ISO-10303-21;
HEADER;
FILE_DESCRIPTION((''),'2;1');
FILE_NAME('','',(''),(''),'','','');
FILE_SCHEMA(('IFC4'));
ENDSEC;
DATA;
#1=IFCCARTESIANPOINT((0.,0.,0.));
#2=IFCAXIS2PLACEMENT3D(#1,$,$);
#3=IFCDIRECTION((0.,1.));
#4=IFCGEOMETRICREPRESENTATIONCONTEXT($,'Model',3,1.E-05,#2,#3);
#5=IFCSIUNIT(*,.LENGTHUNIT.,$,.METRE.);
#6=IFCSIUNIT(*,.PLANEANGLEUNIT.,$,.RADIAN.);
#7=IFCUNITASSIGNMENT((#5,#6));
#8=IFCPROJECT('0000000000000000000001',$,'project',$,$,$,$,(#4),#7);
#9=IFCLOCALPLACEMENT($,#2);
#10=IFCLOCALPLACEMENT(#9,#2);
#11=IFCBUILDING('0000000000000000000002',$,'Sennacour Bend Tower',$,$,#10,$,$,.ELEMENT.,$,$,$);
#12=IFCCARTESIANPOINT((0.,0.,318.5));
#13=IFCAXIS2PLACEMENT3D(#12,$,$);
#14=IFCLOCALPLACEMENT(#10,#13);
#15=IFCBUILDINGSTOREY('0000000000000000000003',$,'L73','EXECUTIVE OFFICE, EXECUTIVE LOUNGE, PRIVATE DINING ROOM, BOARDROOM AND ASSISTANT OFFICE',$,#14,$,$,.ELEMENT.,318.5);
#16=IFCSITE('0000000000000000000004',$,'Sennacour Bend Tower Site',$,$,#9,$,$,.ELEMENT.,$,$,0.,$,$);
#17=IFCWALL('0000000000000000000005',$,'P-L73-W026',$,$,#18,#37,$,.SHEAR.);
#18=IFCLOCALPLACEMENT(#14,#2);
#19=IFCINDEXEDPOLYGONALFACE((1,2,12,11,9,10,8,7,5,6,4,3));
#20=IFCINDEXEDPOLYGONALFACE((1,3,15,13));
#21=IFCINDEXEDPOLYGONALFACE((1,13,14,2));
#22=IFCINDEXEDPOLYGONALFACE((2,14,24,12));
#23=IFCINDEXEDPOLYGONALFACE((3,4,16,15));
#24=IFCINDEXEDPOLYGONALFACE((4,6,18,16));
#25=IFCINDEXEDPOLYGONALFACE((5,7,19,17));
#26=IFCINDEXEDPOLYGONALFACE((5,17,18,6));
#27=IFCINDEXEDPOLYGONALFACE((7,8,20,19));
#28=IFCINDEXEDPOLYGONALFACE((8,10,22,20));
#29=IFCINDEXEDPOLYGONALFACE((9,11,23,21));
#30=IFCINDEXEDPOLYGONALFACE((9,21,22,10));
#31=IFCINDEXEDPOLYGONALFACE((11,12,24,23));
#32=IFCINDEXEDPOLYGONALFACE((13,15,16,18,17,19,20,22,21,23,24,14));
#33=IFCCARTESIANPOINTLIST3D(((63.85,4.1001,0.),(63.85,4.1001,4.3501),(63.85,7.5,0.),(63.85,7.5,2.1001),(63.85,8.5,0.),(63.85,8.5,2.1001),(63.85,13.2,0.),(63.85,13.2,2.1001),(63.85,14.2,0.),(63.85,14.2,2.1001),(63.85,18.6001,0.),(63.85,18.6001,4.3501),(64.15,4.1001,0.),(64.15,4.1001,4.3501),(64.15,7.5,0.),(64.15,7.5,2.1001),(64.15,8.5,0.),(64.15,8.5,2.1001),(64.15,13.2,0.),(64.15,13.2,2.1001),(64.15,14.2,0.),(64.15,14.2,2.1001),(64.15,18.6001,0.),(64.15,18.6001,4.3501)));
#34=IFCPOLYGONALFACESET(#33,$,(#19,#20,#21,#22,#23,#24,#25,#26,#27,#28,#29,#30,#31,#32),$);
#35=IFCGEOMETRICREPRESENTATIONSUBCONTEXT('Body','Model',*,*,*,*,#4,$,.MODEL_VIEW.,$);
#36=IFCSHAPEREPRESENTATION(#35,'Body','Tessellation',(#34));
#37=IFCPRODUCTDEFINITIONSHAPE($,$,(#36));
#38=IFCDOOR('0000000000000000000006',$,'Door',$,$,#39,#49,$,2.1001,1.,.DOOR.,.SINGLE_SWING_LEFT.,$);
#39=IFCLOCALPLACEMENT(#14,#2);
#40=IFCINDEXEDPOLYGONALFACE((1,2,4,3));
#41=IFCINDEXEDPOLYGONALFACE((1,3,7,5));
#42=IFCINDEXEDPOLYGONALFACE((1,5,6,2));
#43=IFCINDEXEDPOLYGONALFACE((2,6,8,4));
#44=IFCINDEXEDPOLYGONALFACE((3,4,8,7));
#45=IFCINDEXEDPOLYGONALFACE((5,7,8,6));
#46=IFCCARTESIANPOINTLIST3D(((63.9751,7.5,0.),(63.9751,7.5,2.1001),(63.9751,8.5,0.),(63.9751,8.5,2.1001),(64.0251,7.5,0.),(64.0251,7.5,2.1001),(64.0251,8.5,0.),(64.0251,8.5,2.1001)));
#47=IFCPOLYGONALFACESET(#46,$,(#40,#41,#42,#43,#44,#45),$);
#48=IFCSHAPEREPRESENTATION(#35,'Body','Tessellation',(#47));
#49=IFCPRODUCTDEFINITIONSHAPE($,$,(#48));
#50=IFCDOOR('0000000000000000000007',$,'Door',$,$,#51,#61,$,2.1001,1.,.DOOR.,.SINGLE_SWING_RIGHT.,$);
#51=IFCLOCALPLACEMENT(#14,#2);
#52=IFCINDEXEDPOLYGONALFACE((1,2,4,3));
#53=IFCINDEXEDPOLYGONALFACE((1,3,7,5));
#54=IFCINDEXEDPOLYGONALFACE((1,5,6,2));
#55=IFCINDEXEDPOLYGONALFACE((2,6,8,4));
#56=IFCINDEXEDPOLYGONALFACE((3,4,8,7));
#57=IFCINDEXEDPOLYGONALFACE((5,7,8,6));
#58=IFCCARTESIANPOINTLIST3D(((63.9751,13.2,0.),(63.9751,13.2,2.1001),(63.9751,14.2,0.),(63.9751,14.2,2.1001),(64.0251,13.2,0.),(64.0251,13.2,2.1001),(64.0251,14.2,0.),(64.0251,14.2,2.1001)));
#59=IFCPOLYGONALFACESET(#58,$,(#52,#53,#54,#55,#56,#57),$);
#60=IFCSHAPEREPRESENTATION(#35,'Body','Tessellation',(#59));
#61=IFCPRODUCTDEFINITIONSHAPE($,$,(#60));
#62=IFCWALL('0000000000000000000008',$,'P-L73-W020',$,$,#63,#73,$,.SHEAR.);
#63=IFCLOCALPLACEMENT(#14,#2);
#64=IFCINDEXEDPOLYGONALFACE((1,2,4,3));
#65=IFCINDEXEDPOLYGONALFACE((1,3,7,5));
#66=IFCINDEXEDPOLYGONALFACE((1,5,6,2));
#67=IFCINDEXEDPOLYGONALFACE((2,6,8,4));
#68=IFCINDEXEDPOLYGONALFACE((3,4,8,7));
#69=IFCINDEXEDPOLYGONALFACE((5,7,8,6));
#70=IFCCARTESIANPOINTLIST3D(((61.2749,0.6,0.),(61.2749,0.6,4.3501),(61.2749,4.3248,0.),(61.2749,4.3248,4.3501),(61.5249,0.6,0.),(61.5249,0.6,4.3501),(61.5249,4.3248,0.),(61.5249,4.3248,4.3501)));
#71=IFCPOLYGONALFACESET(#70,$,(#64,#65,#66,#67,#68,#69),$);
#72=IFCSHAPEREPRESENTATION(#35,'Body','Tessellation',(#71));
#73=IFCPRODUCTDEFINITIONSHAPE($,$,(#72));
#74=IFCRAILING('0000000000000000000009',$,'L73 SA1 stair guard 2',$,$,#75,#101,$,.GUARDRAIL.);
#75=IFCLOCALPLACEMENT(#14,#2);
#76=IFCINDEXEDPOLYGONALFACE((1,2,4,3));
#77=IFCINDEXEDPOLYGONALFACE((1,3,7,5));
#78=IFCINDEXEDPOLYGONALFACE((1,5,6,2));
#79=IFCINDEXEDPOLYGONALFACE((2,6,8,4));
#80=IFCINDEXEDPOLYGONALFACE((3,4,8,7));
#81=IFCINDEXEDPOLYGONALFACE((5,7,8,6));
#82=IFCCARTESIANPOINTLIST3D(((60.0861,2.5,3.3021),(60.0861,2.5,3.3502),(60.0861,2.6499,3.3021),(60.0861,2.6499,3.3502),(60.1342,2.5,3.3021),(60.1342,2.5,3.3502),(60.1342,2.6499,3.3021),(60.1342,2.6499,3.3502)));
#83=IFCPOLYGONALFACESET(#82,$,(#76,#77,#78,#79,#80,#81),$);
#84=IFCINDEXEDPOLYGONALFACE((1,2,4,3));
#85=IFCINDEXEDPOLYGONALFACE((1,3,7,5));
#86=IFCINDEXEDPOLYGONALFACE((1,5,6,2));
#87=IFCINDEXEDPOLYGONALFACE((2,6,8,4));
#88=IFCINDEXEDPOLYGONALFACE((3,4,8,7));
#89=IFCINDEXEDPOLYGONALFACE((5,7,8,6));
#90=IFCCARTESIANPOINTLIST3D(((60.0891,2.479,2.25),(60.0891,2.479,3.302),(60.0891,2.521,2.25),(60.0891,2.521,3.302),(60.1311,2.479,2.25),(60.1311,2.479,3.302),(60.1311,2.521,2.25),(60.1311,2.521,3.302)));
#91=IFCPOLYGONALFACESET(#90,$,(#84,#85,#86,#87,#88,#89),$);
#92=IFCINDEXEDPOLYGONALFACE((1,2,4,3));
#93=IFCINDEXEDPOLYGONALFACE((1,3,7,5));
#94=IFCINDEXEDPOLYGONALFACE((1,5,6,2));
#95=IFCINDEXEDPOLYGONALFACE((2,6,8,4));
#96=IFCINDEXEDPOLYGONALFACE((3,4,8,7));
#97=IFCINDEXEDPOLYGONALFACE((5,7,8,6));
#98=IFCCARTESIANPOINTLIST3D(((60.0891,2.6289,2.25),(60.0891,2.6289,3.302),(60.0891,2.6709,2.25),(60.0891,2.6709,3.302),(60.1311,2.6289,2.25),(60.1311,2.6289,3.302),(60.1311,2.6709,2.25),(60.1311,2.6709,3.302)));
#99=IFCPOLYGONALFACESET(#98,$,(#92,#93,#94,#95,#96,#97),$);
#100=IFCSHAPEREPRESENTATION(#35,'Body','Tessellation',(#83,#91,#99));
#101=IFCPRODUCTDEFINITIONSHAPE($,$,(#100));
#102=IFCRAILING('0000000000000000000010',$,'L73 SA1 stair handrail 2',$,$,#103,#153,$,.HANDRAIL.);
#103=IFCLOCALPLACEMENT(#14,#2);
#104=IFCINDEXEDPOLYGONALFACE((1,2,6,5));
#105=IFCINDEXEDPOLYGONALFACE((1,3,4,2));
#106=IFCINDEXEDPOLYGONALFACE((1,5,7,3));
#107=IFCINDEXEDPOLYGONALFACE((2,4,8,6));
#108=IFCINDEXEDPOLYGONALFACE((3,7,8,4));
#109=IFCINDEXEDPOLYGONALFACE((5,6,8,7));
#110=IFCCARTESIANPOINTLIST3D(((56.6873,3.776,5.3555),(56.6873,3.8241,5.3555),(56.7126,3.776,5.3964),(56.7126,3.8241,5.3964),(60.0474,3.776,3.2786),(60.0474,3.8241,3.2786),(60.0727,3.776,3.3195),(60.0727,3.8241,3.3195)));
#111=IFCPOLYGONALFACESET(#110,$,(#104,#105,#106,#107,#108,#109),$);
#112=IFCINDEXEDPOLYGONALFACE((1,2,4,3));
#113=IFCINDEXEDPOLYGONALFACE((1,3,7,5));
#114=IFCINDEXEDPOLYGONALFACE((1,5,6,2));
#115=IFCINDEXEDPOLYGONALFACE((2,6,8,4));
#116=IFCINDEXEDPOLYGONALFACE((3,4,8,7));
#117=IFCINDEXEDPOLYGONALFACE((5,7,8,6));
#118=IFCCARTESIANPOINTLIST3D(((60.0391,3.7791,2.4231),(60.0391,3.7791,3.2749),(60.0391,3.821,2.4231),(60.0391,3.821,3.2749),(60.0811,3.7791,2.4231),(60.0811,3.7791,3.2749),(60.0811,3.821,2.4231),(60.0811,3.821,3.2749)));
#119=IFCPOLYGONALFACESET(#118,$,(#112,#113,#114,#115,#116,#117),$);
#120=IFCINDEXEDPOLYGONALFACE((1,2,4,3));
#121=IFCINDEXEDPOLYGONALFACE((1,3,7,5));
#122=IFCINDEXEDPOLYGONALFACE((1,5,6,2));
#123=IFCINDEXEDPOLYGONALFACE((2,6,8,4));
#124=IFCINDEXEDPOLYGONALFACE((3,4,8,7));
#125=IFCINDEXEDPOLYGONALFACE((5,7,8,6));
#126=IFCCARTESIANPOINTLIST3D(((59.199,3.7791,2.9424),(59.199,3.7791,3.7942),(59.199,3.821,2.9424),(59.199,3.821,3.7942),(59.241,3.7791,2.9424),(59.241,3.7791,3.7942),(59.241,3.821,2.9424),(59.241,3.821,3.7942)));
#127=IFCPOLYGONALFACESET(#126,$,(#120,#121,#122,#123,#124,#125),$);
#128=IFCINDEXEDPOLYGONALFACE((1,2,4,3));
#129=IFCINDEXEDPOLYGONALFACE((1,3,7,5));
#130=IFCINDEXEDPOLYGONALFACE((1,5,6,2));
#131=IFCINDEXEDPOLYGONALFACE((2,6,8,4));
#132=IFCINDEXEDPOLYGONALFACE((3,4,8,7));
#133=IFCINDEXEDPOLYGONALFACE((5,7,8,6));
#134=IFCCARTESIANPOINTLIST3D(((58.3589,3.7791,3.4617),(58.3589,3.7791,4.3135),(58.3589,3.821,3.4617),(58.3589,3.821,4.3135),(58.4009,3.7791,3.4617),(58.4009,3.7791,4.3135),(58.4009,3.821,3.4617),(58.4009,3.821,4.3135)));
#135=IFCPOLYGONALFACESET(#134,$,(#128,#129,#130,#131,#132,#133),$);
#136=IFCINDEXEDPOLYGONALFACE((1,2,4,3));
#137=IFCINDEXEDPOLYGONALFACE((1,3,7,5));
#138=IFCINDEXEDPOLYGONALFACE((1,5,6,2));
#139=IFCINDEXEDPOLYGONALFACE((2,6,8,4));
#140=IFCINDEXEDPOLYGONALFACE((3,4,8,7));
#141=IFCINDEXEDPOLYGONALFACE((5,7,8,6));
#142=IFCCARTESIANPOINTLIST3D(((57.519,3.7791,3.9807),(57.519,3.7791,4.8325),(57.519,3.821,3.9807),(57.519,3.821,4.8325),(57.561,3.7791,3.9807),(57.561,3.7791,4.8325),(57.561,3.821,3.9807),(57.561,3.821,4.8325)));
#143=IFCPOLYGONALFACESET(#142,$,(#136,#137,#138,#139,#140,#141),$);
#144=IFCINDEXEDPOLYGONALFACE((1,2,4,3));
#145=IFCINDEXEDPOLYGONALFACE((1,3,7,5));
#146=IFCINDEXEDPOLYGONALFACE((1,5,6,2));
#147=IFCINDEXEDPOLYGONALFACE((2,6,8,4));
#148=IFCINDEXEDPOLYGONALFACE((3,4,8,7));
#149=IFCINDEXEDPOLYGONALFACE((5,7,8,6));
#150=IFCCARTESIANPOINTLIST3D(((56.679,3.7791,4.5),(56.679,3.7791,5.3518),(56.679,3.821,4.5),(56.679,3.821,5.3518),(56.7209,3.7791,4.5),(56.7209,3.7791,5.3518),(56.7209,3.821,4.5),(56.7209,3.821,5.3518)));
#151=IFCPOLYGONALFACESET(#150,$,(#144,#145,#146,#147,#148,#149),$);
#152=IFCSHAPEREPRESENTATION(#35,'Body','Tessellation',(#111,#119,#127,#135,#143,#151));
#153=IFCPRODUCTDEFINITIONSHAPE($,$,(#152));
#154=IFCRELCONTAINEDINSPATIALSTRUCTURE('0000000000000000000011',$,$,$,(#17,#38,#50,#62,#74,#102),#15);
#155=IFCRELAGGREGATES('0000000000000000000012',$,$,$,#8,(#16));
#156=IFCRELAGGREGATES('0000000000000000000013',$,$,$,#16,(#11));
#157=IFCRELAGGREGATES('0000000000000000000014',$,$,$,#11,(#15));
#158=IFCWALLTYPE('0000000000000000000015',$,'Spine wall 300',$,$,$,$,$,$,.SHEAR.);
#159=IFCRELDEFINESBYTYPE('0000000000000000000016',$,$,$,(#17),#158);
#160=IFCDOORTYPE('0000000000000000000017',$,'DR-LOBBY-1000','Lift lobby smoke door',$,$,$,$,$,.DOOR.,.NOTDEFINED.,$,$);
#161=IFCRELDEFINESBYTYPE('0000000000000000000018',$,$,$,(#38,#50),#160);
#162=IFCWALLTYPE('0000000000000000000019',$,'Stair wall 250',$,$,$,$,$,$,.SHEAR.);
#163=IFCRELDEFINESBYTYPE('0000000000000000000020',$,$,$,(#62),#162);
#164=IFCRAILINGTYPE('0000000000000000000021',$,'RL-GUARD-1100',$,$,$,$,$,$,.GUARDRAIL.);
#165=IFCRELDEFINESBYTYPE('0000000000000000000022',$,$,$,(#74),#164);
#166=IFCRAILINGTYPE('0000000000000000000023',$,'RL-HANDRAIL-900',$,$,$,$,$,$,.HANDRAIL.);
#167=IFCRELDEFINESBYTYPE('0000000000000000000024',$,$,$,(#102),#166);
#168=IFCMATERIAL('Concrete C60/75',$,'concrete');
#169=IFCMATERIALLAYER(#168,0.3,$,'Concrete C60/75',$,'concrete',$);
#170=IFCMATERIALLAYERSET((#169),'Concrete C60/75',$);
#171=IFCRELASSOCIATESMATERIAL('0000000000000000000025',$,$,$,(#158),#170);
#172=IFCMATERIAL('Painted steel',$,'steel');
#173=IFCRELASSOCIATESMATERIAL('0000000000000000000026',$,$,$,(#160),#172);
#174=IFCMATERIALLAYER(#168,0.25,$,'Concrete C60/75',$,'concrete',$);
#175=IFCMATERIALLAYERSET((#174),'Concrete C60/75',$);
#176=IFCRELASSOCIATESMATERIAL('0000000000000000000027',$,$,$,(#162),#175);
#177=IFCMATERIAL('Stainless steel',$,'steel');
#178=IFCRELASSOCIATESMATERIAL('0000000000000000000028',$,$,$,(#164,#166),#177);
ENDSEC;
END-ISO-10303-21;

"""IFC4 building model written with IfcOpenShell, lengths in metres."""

from ifc_helpers import new_model, si_unit, direction, frame, frame_2d, origin, origin_2d, place, context, subcontext, project, spatial, rectangle, extrude, material, layer, layer_set, type_object, element, fill, save


model = new_model("IFC4")

# Units and contexts
model_context = context("Model", 3, precision=1e-05, world=origin(), true_north=direction((0.0, 1.0)))
body_context = subcontext(model_context, "Body", "Model", "MODEL_VIEW")
ifc_project = project(units=[si_unit("LENGTHUNIT", "METRE"), si_unit("PLANEANGLEUNIT", "RADIAN")], contexts=[model_context])

# Site, building, storey
site_placement = place(None, origin())
site = spatial("IfcSite", under=ifc_project, at=site_placement, Name="Sennacour Bend Tower Site", CompositionType="ELEMENT", RefElevation=0.0)
building_placement = place(site_placement, origin())
building = spatial("IfcBuilding", under=site, at=building_placement, Name="Sennacour Bend Tower", CompositionType="ELEMENT")
storey_placement = place(building_placement, frame((0.0, 0.0, 318.5)))
storey = spatial("IfcBuildingStorey", under=building, at=storey_placement, Name="L73", Description="EXECUTIVE OFFICE, EXECUTIVE LOUNGE, PRIVATE DINING ROOM, BOARDROOM AND ASSISTANT OFFICE", CompositionType="ELEMENT", Elevation=318.5)

# Shared definitions
ifc_material_1 = material(Name="Painted steel", Category="steel")

# Shared definitions
ifc_material_2 = material(Name="Stainless steel", Category="steel")

# Wall, openings, doors
ifc_material_3 = material(Name="Concrete C60/75", Category="concrete")
ifc_layer_1 = layer(ifc_material_3, 0.3, Name="Concrete C60/75", Category="concrete")
ifc_layer_set_1 = layer_set([ifc_layer_1], Name="Concrete C60/75")
wall_type_1 = type_object("IfcWallType", Name="Spine wall 300", PredefinedType="SHEAR", material=ifc_layer_set_1)
wall_1_placement = place(storey_placement, frame((64.0, 4.1001, 0.0), z_axis=(0.0, 0.0, 1.0), x_axis=(0.0, 1.0, 0.0)))
wall_1 = element("IfcWall", 1, at=wall_1_placement, inside=storey, type_object=wall_type_1, Name="P-L73-W026", PredefinedType="SHEAR", context=body_context, shape_type="SweptSolid", body=[
    extrude(rectangle(XDim=14.5, YDim=0.3, at=frame_2d((7.25, 0.0))), origin(), (0.0, 0.0, 1.0), 4.3501),
])
opening_1_placement = place(wall_1_placement, frame((3.3999, 0.0, 0.0)))
opening_1 = element("IfcOpeningElement", 2, at=opening_1_placement, cuts=wall_1, PredefinedType="OPENING", context=body_context, shape_type="SweptSolid", body=[
    extrude(rectangle(XDim=1.0, YDim=2.1001, at=frame_2d((0.5, 1.05))), frame((0.0, 0.1602, 0.0), z_axis=(0.0, -1.0, 0.0), x_axis=(1.0, 0.0, 0.0)), (0.0, 0.0, 1.0), 0.3201),
])
opening_2_placement = place(wall_1_placement, frame((9.0999, 0.0, 0.0)))
opening_2 = element("IfcOpeningElement", 3, at=opening_2_placement, cuts=wall_1, PredefinedType="OPENING", context=body_context, shape_type="SweptSolid", body=[
    extrude(rectangle(XDim=1.0, YDim=2.1001, at=frame_2d((0.5, 1.05))), frame((0.0, 0.1602, 0.0), z_axis=(0.0, -1.0, 0.0), x_axis=(1.0, 0.0, 0.0)), (0.0, 0.0, 1.0), 0.3201),
])
door_type_1 = type_object("IfcDoorType", Name="DR-LOBBY-1000", Description="Lift lobby smoke door", OperationType="NOTDEFINED", PredefinedType="DOOR", material=ifc_material_1)
door_1_placement = place(opening_1_placement, origin())
door_1 = element("IfcDoor", 4, at=door_1_placement, inside=storey, type_object=door_type_1, Name="Door", OperationType="SINGLE_SWING_LEFT", OverallHeight=2.1001, OverallWidth=1.0, PredefinedType="DOOR", context=body_context, shape_type="SweptSolid", body=[
    extrude(rectangle(XDim=1.0, YDim=2.1001, at=frame_2d((0.5, 1.05))), frame((0.0, 0.0249, 0.0), z_axis=(0.0, -1.0, 0.0), x_axis=(1.0, 0.0, 0.0)), (0.0, 0.0, 1.0), 0.05),
])
fill(opening_1, door_1)
door_2_placement = place(opening_2_placement, origin())
door_2 = element("IfcDoor", 5, at=door_2_placement, inside=storey, type_object=door_type_1, Name="Door", OperationType="SINGLE_SWING_RIGHT", OverallHeight=2.1001, OverallWidth=1.0, PredefinedType="DOOR", context=body_context, shape_type="SweptSolid", body=[
    extrude(rectangle(XDim=1.0, YDim=2.1001, at=frame_2d((0.5, 1.05))), frame((0.0, 0.0249, 0.0), z_axis=(0.0, -1.0, 0.0), x_axis=(1.0, 0.0, 0.0)), (0.0, 0.0, 1.0), 0.05),
])
fill(opening_2, door_2)

# Wall
ifc_layer_2 = layer(ifc_material_3, 0.25, Name="Concrete C60/75", Category="concrete")
ifc_layer_set_2 = layer_set([ifc_layer_2], Name="Concrete C60/75")
wall_type_2 = type_object("IfcWallType", Name="Stair wall 250", PredefinedType="SHEAR", material=ifc_layer_set_2)
wall_2_placement = place(storey_placement, frame((61.3999, 0.6001, 0.0), z_axis=(0.0, 0.0, 1.0), x_axis=(0.0, 1.0, 0.0)))
element("IfcWall", 6, at=wall_2_placement, inside=storey, type_object=wall_type_2, Name="P-L73-W020", PredefinedType="SHEAR", context=body_context, shape_type="SweptSolid", body=[
    extrude(rectangle(XDim=3.7249, YDim=0.25, at=frame_2d((1.8623, 0.0))), origin(), (0.0, 0.0, 1.0), 4.3501),
])

# Railings
railing_type_1 = type_object("IfcRailingType", Name="RL-GUARD-1100", PredefinedType="GUARDRAIL", material=ifc_material_2)
railing_1_placement = place(storey_placement, frame((60.1101, 2.5, 2.25)))
element("IfcRailing", 7, at=railing_1_placement, inside=storey, type_object=railing_type_1, Name="L73 SA1 stair guard 2", PredefinedType="GUARDRAIL", context=body_context, shape_type="SweptSolid", body=[
    extrude(rectangle(XDim=0.0481, YDim=0.0481, at=origin_2d()), frame((0.0, 0.0, 1.0762), z_axis=(0.0, 1.0, 0.0), x_axis=(-1.0, 0.0, 0.0)), (0.0, 0.0, 1.0), 0.1499),
    extrude(rectangle(XDim=0.042, YDim=0.042, at=origin_2d()), origin(), (0.0, 0.0, 1.0), 1.052),
    extrude(rectangle(XDim=0.042, YDim=0.042, at=origin_2d()), frame((0.0, 0.1499, 0.0)), (0.0, 0.0, 1.0), 1.052),
])
railing_type_2 = type_object("IfcRailingType", Name="RL-HANDRAIL-900", PredefinedType="HANDRAIL", material=ifc_material_2)
railing_2_placement = place(storey_placement, frame((60.0601, 3.8, 2.4231)))
element("IfcRailing", 8, at=railing_2_placement, inside=storey, type_object=railing_type_2, Name="L73 SA1 stair handrail 2", PredefinedType="HANDRAIL", context=body_context, shape_type="SweptSolid", body=[
    extrude(rectangle(XDim=0.0481, YDim=0.0481, at=origin_2d()), frame((0.0, 0.0, 0.876), z_axis=(-0.850623, 0.0, 0.525776), x_axis=(0.0, -1.0, 0.0)), (0.0, 0.0, 1.0), 3.9502),
    extrude(rectangle(XDim=0.042, YDim=0.042, at=origin_2d()), origin(), (0.0, 0.0, 1.0), 0.8518),
    extrude(rectangle(XDim=0.042, YDim=0.042, at=origin_2d()), frame((-0.8401, 0.0, 0.5193)), (0.0, 0.0, 1.0), 0.8518),
    extrude(rectangle(XDim=0.042, YDim=0.042, at=origin_2d()), frame((-1.6802, 0.0, 1.0386)), (0.0, 0.0, 1.0), 0.8518),
    extrude(rectangle(XDim=0.042, YDim=0.042, at=origin_2d()), frame((-2.52, 0.0, 1.5576)), (0.0, 0.0, 1.0), 0.8518),
    extrude(rectangle(XDim=0.042, YDim=0.042, at=origin_2d()), frame((-3.3601, 0.0, 2.0769)), (0.0, 0.0, 1.0), 0.8518),
])

save(model, "model.ifc")
